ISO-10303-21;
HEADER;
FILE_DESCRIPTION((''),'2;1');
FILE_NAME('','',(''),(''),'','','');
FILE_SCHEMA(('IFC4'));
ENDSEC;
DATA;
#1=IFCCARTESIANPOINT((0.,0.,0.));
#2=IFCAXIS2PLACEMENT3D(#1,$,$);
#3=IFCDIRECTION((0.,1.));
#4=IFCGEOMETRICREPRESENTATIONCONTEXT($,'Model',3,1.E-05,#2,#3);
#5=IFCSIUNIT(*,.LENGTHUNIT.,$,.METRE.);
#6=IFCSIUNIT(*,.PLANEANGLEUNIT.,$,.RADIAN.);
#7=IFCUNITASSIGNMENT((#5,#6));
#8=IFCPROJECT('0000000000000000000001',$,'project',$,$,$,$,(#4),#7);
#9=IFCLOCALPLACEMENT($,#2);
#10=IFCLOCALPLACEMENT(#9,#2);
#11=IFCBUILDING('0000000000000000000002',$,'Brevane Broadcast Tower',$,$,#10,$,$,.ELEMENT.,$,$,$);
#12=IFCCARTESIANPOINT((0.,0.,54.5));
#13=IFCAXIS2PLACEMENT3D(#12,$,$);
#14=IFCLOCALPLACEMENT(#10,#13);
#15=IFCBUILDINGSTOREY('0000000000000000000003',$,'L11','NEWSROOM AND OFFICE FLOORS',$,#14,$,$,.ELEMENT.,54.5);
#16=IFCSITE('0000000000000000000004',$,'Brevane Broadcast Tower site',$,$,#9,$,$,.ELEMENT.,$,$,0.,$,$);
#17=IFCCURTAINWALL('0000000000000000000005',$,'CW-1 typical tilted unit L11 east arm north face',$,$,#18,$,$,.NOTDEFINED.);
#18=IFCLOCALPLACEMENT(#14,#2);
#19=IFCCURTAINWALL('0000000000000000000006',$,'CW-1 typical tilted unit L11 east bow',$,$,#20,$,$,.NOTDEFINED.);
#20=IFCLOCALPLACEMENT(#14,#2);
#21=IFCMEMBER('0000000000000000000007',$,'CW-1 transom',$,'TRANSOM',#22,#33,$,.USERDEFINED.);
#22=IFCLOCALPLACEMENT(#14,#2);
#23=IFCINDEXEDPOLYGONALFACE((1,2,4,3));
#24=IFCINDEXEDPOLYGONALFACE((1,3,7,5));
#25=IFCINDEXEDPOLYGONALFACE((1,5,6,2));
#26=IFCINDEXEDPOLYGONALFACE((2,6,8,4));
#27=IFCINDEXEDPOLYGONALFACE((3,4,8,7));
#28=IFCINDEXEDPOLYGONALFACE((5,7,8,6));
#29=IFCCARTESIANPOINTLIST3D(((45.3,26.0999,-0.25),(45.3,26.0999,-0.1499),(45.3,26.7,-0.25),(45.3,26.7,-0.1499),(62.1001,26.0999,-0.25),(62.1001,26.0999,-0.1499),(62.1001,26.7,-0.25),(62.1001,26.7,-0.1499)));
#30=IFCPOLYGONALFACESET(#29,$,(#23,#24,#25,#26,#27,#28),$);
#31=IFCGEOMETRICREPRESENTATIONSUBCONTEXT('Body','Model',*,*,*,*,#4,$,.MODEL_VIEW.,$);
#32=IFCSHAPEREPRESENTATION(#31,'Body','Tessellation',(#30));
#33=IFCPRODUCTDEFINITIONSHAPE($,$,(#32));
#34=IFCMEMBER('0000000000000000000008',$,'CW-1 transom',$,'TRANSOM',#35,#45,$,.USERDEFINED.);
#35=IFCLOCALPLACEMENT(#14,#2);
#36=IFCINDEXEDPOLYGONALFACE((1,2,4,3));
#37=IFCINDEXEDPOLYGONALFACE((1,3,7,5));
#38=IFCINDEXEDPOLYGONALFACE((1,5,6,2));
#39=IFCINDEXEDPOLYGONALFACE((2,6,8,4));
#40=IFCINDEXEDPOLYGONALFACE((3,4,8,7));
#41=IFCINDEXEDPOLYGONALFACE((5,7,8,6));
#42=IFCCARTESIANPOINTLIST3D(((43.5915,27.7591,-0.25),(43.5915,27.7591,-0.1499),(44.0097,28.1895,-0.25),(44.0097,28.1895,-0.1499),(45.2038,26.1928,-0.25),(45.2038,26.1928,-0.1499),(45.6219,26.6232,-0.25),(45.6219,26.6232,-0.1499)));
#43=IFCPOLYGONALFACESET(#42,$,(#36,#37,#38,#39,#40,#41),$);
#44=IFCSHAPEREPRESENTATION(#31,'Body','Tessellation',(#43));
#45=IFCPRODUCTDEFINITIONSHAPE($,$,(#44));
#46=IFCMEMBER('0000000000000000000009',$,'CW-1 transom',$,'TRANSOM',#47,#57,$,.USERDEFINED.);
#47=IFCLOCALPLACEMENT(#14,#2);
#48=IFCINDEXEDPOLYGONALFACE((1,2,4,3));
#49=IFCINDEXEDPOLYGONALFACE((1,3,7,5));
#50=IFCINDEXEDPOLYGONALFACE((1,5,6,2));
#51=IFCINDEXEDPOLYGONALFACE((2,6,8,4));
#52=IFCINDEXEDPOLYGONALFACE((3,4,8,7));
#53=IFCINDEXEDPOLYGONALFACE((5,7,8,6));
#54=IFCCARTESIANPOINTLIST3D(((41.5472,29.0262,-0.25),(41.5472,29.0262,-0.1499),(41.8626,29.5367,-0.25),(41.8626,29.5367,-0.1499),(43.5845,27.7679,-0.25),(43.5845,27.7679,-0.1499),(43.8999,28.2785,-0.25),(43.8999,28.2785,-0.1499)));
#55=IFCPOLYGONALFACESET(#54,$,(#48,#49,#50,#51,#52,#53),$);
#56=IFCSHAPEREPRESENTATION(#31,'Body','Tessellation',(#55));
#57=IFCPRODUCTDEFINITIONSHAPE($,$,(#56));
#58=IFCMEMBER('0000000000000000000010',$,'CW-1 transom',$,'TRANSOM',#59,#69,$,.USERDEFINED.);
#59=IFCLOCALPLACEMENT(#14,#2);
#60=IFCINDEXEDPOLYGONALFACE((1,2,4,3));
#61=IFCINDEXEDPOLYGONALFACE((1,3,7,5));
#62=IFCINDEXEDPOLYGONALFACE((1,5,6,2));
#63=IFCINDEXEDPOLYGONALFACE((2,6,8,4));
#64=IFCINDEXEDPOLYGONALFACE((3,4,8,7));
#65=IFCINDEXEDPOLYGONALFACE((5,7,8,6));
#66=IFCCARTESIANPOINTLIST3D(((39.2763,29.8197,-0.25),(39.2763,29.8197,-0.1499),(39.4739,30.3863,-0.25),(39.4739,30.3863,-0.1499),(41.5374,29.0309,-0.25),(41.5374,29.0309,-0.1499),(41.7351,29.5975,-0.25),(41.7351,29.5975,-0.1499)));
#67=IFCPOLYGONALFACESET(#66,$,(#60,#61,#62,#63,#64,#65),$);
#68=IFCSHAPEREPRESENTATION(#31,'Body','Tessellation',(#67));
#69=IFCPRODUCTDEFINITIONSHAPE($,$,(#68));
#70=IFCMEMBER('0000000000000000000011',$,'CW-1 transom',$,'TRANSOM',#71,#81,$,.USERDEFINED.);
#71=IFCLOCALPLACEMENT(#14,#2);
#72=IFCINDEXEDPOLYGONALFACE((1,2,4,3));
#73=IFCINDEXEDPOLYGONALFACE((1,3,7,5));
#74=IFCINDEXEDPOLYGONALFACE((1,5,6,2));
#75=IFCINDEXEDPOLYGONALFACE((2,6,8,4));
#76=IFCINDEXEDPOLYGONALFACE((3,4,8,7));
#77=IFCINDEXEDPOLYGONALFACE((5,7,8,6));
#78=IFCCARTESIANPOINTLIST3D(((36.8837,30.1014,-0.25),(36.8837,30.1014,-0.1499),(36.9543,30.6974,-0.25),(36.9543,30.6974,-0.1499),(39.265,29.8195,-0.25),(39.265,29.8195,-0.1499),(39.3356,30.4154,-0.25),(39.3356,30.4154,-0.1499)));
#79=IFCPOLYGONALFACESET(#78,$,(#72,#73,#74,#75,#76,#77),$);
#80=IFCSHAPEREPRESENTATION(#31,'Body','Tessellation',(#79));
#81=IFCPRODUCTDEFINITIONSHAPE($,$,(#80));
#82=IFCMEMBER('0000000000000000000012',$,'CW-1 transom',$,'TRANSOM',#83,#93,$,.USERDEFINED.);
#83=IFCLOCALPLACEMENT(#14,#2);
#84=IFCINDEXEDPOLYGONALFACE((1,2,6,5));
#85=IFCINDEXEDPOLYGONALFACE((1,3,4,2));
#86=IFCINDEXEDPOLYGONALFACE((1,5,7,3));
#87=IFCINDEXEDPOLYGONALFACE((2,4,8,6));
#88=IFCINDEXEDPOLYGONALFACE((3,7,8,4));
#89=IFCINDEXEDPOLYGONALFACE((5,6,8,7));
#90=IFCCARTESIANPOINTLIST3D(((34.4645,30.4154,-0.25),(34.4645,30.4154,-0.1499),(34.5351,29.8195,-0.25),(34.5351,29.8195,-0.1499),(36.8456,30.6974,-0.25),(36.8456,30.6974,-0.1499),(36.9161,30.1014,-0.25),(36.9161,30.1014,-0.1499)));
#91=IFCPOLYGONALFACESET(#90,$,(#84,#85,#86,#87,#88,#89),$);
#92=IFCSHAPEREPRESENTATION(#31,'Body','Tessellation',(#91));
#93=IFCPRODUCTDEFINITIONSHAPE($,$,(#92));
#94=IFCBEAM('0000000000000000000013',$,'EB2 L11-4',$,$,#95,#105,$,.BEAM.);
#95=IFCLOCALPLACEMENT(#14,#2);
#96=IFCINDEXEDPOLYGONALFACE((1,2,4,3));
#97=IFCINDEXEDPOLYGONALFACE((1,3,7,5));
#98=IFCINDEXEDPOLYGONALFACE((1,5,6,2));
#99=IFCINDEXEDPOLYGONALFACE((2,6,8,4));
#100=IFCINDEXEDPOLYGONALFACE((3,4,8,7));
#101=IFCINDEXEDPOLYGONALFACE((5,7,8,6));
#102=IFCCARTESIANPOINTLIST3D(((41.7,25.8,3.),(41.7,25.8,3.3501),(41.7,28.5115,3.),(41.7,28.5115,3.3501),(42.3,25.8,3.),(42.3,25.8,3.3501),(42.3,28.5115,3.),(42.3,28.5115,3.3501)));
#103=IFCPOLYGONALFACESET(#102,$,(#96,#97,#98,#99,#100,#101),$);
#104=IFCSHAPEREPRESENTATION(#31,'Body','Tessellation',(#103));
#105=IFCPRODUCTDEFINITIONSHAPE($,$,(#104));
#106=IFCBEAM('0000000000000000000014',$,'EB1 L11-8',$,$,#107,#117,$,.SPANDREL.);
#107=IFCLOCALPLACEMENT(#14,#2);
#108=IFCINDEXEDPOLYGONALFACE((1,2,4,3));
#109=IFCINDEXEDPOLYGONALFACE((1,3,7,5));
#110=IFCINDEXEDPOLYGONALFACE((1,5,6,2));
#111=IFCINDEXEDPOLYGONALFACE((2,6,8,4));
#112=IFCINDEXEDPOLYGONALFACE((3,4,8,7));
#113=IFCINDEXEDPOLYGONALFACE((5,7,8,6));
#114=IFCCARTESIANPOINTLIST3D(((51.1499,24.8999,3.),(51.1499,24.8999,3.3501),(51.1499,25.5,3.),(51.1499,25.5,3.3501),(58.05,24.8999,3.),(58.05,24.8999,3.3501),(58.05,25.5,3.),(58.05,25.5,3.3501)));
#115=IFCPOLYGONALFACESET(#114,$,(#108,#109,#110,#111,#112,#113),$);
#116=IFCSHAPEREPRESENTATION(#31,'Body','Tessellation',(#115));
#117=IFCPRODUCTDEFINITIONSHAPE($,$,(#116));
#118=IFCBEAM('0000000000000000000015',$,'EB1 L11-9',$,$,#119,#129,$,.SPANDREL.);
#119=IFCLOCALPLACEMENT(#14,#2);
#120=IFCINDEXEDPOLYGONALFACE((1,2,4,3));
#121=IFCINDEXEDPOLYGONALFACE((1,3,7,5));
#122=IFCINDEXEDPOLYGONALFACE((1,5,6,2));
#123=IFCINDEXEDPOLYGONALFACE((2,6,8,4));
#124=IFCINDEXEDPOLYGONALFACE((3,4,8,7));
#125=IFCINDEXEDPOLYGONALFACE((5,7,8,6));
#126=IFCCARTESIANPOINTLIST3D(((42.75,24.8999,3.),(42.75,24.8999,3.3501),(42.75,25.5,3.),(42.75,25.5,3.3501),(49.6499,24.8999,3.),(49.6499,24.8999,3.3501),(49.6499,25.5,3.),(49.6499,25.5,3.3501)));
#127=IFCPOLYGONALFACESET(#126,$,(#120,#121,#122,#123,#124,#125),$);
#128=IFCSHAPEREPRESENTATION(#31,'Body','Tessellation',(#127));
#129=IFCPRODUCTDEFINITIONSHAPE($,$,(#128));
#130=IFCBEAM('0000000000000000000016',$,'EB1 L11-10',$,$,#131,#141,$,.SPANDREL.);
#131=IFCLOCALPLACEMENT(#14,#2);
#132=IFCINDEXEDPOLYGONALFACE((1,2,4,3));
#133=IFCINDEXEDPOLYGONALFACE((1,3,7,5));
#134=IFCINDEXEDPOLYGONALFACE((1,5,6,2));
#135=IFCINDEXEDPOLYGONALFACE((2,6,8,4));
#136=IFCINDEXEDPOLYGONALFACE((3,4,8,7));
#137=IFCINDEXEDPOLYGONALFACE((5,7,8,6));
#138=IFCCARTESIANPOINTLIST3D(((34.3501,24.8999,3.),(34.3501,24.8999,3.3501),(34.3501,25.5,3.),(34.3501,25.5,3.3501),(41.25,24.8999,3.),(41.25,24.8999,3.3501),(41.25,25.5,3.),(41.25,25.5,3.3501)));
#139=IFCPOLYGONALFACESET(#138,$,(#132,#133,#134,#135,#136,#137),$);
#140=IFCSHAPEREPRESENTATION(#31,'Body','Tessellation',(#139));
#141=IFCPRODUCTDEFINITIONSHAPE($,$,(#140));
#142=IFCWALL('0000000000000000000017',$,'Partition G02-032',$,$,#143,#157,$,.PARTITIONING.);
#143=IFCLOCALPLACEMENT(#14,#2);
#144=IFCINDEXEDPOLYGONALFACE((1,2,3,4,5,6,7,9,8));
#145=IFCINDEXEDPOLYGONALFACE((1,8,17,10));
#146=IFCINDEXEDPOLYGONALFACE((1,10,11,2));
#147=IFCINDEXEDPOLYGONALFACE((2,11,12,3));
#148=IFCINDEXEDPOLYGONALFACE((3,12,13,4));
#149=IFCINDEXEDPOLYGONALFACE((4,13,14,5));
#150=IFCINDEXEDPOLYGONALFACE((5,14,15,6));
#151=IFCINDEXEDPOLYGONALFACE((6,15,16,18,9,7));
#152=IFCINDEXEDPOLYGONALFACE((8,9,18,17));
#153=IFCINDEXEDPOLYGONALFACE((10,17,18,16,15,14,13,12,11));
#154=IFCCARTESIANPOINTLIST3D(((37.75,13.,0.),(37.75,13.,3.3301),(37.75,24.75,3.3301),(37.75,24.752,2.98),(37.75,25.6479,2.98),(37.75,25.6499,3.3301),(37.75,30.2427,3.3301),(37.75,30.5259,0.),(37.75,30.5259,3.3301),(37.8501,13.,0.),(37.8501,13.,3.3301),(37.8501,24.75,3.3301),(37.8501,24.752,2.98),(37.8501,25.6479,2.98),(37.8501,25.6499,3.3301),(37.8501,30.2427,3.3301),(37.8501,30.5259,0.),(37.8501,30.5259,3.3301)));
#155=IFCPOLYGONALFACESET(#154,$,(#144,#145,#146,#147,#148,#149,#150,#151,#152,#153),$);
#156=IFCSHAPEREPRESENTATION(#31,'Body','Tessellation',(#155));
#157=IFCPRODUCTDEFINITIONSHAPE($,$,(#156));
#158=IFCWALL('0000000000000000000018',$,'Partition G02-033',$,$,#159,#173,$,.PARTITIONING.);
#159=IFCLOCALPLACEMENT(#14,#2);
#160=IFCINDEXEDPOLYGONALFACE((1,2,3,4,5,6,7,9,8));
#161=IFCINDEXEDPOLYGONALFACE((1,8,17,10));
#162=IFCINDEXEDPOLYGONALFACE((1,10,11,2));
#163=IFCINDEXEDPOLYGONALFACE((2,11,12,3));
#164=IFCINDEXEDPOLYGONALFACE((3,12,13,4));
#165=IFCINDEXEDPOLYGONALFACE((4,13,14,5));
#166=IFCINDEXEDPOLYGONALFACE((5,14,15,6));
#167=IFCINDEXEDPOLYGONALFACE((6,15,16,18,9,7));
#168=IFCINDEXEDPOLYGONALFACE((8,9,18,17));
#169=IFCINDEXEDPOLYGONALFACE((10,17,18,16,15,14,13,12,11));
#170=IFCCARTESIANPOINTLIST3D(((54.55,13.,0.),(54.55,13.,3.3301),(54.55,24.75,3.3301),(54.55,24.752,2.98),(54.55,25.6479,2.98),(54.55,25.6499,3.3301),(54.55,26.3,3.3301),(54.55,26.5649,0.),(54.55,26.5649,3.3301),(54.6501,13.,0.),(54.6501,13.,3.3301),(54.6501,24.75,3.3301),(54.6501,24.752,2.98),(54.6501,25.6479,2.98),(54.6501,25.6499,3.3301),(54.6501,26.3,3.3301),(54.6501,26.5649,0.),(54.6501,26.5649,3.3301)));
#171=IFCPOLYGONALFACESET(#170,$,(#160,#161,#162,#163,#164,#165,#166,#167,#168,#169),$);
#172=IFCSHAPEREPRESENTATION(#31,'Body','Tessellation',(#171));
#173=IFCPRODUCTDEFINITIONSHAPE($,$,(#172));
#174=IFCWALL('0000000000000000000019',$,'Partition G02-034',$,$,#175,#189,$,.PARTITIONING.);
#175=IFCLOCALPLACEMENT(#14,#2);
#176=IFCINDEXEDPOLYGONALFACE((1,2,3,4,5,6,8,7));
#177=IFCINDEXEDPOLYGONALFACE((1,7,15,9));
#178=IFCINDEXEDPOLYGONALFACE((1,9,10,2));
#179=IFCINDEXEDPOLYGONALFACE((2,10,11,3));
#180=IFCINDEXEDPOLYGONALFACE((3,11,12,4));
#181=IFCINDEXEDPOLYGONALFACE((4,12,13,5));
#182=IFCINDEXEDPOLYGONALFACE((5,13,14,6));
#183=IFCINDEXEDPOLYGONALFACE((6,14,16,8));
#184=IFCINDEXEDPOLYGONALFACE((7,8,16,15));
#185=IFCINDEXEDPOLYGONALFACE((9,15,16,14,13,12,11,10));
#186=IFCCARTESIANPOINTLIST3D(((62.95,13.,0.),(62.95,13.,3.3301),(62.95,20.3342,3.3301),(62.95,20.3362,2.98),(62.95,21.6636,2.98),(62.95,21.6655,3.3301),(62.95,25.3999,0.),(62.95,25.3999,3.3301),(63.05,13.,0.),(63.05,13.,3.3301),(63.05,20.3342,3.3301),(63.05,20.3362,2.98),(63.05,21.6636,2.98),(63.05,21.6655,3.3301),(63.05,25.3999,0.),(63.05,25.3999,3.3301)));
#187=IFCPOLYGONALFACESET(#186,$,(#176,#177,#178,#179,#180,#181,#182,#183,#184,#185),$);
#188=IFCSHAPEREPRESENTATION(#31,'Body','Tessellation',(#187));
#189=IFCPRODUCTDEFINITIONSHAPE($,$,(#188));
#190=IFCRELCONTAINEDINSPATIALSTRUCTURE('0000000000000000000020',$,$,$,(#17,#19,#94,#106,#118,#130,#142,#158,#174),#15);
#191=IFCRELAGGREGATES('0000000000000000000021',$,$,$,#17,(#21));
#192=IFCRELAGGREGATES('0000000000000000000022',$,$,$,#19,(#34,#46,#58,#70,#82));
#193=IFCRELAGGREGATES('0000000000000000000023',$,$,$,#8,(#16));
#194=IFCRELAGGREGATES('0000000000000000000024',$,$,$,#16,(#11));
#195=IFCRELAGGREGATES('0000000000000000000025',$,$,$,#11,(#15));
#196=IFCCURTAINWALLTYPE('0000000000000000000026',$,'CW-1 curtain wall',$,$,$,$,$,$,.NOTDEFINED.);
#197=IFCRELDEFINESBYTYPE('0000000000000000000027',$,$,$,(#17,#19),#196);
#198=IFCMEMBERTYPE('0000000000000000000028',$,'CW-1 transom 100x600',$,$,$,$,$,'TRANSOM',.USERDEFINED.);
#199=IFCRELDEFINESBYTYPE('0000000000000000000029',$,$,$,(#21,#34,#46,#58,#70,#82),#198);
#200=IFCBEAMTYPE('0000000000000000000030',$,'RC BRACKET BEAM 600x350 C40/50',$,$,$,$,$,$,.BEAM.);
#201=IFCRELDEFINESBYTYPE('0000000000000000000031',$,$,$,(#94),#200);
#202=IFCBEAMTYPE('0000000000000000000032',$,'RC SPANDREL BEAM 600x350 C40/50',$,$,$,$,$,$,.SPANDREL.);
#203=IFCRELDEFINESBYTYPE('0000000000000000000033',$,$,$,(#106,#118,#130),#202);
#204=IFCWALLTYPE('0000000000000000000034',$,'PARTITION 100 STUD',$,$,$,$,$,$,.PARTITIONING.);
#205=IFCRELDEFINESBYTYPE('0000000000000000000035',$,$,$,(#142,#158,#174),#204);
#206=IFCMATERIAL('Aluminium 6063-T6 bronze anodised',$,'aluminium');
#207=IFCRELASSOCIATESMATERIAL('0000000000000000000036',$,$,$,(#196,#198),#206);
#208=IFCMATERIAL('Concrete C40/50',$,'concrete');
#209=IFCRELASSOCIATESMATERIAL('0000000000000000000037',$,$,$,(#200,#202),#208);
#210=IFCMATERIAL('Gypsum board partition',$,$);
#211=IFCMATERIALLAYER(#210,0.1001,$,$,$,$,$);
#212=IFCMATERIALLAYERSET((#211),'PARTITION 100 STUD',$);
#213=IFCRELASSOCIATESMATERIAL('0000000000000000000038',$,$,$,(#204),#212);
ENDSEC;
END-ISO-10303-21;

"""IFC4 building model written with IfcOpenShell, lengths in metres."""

from ifc_helpers import new_model, si_unit, direction, frame, origin, origin_2d, place, context, subcontext, project, spatial, polyline, rectangle, outline, extrude, material, layer, layer_set, material_profile, profile_set, type_object, element, aggregate, save


model = new_model("IFC4")

# Units and contexts
model_context = context("Model", 3, precision=1e-05, world=origin(), true_north=direction((0.0, 1.0)))
body_context = subcontext(model_context, "Body", "Model", "MODEL_VIEW")
ifc_project = project(units=[si_unit("LENGTHUNIT", "METRE"), si_unit("PLANEANGLEUNIT", "RADIAN")], contexts=[model_context])

# Site, building, storey
site_placement = place(None, origin())
site = spatial("IfcSite", under=ifc_project, at=site_placement, Name="Brevane Broadcast Tower site", CompositionType="ELEMENT", RefElevation=0.0)
building_placement = place(site_placement, origin())
building = spatial("IfcBuilding", under=site, at=building_placement, Name="Brevane Broadcast Tower", CompositionType="ELEMENT")
storey_placement = place(building_placement, frame((0.0, 0.0, 54.5)))
storey = spatial("IfcBuildingStorey", under=building, at=storey_placement, Name="L11", Description="NEWSROOM AND OFFICE FLOORS", CompositionType="ELEMENT", Elevation=54.5)

# Curtain walls
ifc_material_1 = material(Name="Aluminium 6063-T6 bronze anodised", Category="aluminium")
curtain_wall_type = type_object("IfcCurtainWallType", Name="CW-1 curtain wall", PredefinedType="NOTDEFINED", material=ifc_material_1)
curtain_wall_1_placement = place(storey_placement, origin())
curtain_wall_1 = element("IfcCurtainWall", 1, at=curtain_wall_1_placement, inside=storey, type_object=curtain_wall_type, Name="CW-1 typical tilted unit L11 east arm north face", PredefinedType="NOTDEFINED")
curtain_wall_2_placement = place(storey_placement, origin())
curtain_wall_2 = element("IfcCurtainWall", 2, at=curtain_wall_2_placement, inside=storey, type_object=curtain_wall_type, Name="CW-1 typical tilted unit L11 east bow", PredefinedType="NOTDEFINED")

# Members
ifc_material_profile_1 = material_profile(ifc_material_1, rectangle(XDim=0.6001, YDim=0.1001, at=origin_2d()), Name="RECT 100x600")
ifc_profile_set_1 = profile_set([ifc_material_profile_1], Name="Aluminium 6063-T6 bronze anodised")
member_type_1 = type_object("IfcMemberType", Name="CW-1 transom 100x600", ElementType="TRANSOM", PredefinedType="USERDEFINED", material=ifc_profile_set_1)
member_1_placement = place(storey_placement, frame((62.1001, 26.3999, -0.2), z_axis=(-1.0, 0.0, 0.0), x_axis=(0.0, -1.0, 0.0)))
member_1 = element("IfcMember", 3, at=member_1_placement, type_object=member_type_1, Name="CW-1 transom", ObjectType="TRANSOM", PredefinedType="USERDEFINED", context=body_context, shape_type="SweptSolid", body=[
    extrude(rectangle(XDim=0.6001, YDim=0.1001, at=origin_2d()), origin(), (0.0, 0.0, 1.0), 16.8),
])
aggregate(curtain_wall_1, [member_1])
member_2_placement = place(storey_placement, frame((45.4128, 26.408, -0.2), z_axis=(-0.717242, 0.696824, 0.0), x_axis=(-0.696824, -0.717242, 0.0)))
member_2 = element("IfcMember", 4, at=member_2_placement, type_object=member_type_1, Name="CW-1 transom", ObjectType="TRANSOM", PredefinedType="USERDEFINED", context=body_context, shape_type="SweptSolid", body=[
    extrude(rectangle(XDim=0.6001, YDim=0.1001, at=origin_2d()), origin(), (0.0, 0.0, 1.0), 2.2478),
])
member_3_placement = place(storey_placement, frame((43.7422, 28.0232, -0.2), z_axis=(-0.85081, 0.525473, 0.0), x_axis=(-0.525473, -0.85081, 0.0)))
member_3 = element("IfcMember", 5, at=member_3_placement, type_object=member_type_1, Name="CW-1 transom", ObjectType="TRANSOM", PredefinedType="USERDEFINED", context=body_context, shape_type="SweptSolid", body=[
    extrude(rectangle(XDim=0.6001, YDim=0.1001, at=origin_2d()), origin(), (0.0, 0.0, 1.0), 2.3945),
])
member_4_placement = place(storey_placement, frame((41.6362, 29.3142, -0.2), z_axis=(-0.944198, 0.329378, 0.0), x_axis=(-0.329378, -0.944198, 0.0)))
member_4 = element("IfcMember", 6, at=member_4_placement, type_object=member_type_1, Name="CW-1 transom", ObjectType="TRANSOM", PredefinedType="USERDEFINED", context=body_context, shape_type="SweptSolid", body=[
    extrude(rectangle(XDim=0.6001, YDim=0.1001, at=origin_2d()), origin(), (0.0, 0.0, 1.0), 2.3948),
])
member_5_placement = place(storey_placement, frame((39.3003, 30.1174, -0.2), z_axis=(-0.993062, 0.117591, 0.0), x_axis=(-0.117591, -0.993062, 0.0)))
member_5 = element("IfcMember", 7, at=member_5_placement, type_object=member_type_1, Name="CW-1 transom", ObjectType="TRANSOM", PredefinedType="USERDEFINED", context=body_context, shape_type="SweptSolid", body=[
    extrude(rectangle(XDim=0.6001, YDim=0.1001, at=origin_2d()), origin(), (0.0, 0.0, 1.0), 2.3979),
])
member_6_placement = place(storey_placement, frame((36.8809, 30.3994, -0.2), z_axis=(-0.993061, -0.117603, 0.0), x_axis=(0.117603, -0.993061, 0.0)))
member_6 = element("IfcMember", 8, at=member_6_placement, type_object=member_type_1, Name="CW-1 transom", ObjectType="TRANSOM", PredefinedType="USERDEFINED", context=body_context, shape_type="SweptSolid", body=[
    extrude(rectangle(XDim=0.6001, YDim=0.1001, at=origin_2d()), origin(), (0.0, 0.0, 1.0), 2.3977),
])
aggregate(curtain_wall_2, [member_2, member_3, member_4, member_5, member_6])

# Beams
ifc_material_2 = material(Name="Concrete C40/50", Category="concrete")
ifc_material_profile_2 = material_profile(ifc_material_2, rectangle(XDim=0.6001, YDim=0.3501, at=origin_2d()), Name="RC 600x350")
ifc_profile_set_2 = profile_set([ifc_material_profile_2], Name="Concrete C40/50")
beam_type_1 = type_object("IfcBeamType", Name="RC BRACKET BEAM 600x350 C40/50", PredefinedType="BEAM", material=ifc_profile_set_2)
beam_1_placement = place(storey_placement, frame((42.0, 25.8, 3.175), z_axis=(0.0, 1.0, 0.0), x_axis=(-1.0, 0.0, 0.0)))
element("IfcBeam", 9, at=beam_1_placement, inside=storey, type_object=beam_type_1, Name="EB2 L11-4", PredefinedType="BEAM", context=body_context, shape_type="SweptSolid", body=[
    extrude(rectangle(XDim=0.6001, YDim=0.3501, at=origin_2d()), origin(), (0.0, 0.0, 1.0), 2.7114),
])
ifc_material_profile_3 = material_profile(ifc_material_2, rectangle(XDim=0.6001, YDim=0.3501, at=origin_2d()), Name="RC 600x350")
ifc_profile_set_3 = profile_set([ifc_material_profile_3], Name="Concrete C40/50")
beam_type_2 = type_object("IfcBeamType", Name="RC SPANDREL BEAM 600x350 C40/50", PredefinedType="SPANDREL", material=ifc_profile_set_3)
beam_2_placement = place(storey_placement, frame((58.05, 25.2, 3.175), z_axis=(-1.0, 0.0, 0.0), x_axis=(0.0, -1.0, 0.0)))
element("IfcBeam", 10, at=beam_2_placement, inside=storey, type_object=beam_type_2, Name="EB1 L11-8", PredefinedType="SPANDREL", context=body_context, shape_type="SweptSolid", body=[
    extrude(rectangle(XDim=0.6001, YDim=0.3501, at=origin_2d()), origin(), (0.0, 0.0, 1.0), 6.9001),
])
for number, where, z_axis, x_axis, name in (
    (11, (49.6499, 25.2, 3.175), (-1.0, 0.0, 0.0), (0.0, -1.0, 0.0), "EB1 L11-9"),
    (12, (41.25, 25.2, 3.175), (-1.0, 0.0, 0.0), (0.0, -1.0, 0.0), "EB1 L11-10"),
):
    element("IfcBeam", number, at=place(storey_placement, frame(where, z_axis=z_axis, x_axis=x_axis)), inside=storey, type_object=beam_type_2, Name=name, PredefinedType="SPANDREL", context=body_context, shape_type="SweptSolid", body=[
        extrude(rectangle(XDim=0.6001, YDim=0.3501, at=origin_2d()), origin(), (0.0, 0.0, 1.0), 6.8999),
    ])

# Walls
ifc_material_3 = material(Name="Gypsum board partition")
ifc_layer = layer(ifc_material_3, 0.1001)
ifc_layer_set = layer_set([ifc_layer], Name="PARTITION 100 STUD")
wall_type = type_object("IfcWallType", Name="PARTITION 100 STUD", PredefinedType="PARTITIONING", material=ifc_layer_set)
wall_1_placement = place(storey_placement, frame((37.8, 30.5259, 0.0), z_axis=(0.0, 0.0, 1.0), x_axis=(0.0, -1.0, 0.0)))
element("IfcWall", 13, at=wall_1_placement, inside=storey, type_object=wall_type, Name="Partition G02-032", PredefinedType="PARTITIONING", context=body_context, shape_type="SweptSolid", body=[
    extrude(outline(polyline([(0.0, 0.0), (17.5259, 0.0), (17.5259, 3.3301), (5.7759, 3.3301), (5.7739, 2.98), (4.8779, 2.98), (4.876, 3.3301), (0.2832, 3.3301), (0.0, 3.3301), (0.0, 0.0)])), frame((0.0, 0.05, 0.0), z_axis=(0.0, -1.0, 0.0), x_axis=(1.0, 0.0, 0.0)), (0.0, 0.0, 1.0), 0.1001),
])
wall_2_placement = place(storey_placement, frame((54.6001, 26.5649, 0.0), z_axis=(0.0, 0.0, 1.0), x_axis=(0.0, -1.0, 0.0)))
element("IfcWall", 14, at=wall_2_placement, inside=storey, type_object=wall_type, Name="Partition G02-033", PredefinedType="PARTITIONING", context=body_context, shape_type="SweptSolid", body=[
    extrude(outline(polyline([(0.0, 0.0), (13.5649, 0.0), (13.5649, 3.3301), (1.8149, 3.3301), (1.813, 2.98), (0.917, 2.98), (0.915, 3.3301), (0.2649, 3.3301), (0.0, 3.3301), (0.0, 0.0)])), frame((0.0, 0.05, 0.0), z_axis=(0.0, -1.0, 0.0), x_axis=(1.0, 0.0, 0.0)), (0.0, 0.0, 1.0), 0.1001),
])
wall_3_placement = place(storey_placement, frame((63.0, 25.3999, 0.0), z_axis=(0.0, 0.0, 1.0), x_axis=(0.0, -1.0, 0.0)))
element("IfcWall", 15, at=wall_3_placement, inside=storey, type_object=wall_type, Name="Partition G02-034", PredefinedType="PARTITIONING", context=body_context, shape_type="SweptSolid", body=[
    extrude(outline(polyline([(0.0, 0.0), (12.3999, 0.0), (12.3999, 3.3301), (5.0657, 3.3301), (5.0637, 2.98), (3.7363, 2.98), (3.7344, 3.3301), (0.0, 3.3301), (0.0, 0.0)])), frame((0.0, 0.05, 0.0), z_axis=(0.0, -1.0, 0.0), x_axis=(1.0, 0.0, 0.0)), (0.0, 0.0, 1.0), 0.1001),
])

save(model, "model.ifc")
